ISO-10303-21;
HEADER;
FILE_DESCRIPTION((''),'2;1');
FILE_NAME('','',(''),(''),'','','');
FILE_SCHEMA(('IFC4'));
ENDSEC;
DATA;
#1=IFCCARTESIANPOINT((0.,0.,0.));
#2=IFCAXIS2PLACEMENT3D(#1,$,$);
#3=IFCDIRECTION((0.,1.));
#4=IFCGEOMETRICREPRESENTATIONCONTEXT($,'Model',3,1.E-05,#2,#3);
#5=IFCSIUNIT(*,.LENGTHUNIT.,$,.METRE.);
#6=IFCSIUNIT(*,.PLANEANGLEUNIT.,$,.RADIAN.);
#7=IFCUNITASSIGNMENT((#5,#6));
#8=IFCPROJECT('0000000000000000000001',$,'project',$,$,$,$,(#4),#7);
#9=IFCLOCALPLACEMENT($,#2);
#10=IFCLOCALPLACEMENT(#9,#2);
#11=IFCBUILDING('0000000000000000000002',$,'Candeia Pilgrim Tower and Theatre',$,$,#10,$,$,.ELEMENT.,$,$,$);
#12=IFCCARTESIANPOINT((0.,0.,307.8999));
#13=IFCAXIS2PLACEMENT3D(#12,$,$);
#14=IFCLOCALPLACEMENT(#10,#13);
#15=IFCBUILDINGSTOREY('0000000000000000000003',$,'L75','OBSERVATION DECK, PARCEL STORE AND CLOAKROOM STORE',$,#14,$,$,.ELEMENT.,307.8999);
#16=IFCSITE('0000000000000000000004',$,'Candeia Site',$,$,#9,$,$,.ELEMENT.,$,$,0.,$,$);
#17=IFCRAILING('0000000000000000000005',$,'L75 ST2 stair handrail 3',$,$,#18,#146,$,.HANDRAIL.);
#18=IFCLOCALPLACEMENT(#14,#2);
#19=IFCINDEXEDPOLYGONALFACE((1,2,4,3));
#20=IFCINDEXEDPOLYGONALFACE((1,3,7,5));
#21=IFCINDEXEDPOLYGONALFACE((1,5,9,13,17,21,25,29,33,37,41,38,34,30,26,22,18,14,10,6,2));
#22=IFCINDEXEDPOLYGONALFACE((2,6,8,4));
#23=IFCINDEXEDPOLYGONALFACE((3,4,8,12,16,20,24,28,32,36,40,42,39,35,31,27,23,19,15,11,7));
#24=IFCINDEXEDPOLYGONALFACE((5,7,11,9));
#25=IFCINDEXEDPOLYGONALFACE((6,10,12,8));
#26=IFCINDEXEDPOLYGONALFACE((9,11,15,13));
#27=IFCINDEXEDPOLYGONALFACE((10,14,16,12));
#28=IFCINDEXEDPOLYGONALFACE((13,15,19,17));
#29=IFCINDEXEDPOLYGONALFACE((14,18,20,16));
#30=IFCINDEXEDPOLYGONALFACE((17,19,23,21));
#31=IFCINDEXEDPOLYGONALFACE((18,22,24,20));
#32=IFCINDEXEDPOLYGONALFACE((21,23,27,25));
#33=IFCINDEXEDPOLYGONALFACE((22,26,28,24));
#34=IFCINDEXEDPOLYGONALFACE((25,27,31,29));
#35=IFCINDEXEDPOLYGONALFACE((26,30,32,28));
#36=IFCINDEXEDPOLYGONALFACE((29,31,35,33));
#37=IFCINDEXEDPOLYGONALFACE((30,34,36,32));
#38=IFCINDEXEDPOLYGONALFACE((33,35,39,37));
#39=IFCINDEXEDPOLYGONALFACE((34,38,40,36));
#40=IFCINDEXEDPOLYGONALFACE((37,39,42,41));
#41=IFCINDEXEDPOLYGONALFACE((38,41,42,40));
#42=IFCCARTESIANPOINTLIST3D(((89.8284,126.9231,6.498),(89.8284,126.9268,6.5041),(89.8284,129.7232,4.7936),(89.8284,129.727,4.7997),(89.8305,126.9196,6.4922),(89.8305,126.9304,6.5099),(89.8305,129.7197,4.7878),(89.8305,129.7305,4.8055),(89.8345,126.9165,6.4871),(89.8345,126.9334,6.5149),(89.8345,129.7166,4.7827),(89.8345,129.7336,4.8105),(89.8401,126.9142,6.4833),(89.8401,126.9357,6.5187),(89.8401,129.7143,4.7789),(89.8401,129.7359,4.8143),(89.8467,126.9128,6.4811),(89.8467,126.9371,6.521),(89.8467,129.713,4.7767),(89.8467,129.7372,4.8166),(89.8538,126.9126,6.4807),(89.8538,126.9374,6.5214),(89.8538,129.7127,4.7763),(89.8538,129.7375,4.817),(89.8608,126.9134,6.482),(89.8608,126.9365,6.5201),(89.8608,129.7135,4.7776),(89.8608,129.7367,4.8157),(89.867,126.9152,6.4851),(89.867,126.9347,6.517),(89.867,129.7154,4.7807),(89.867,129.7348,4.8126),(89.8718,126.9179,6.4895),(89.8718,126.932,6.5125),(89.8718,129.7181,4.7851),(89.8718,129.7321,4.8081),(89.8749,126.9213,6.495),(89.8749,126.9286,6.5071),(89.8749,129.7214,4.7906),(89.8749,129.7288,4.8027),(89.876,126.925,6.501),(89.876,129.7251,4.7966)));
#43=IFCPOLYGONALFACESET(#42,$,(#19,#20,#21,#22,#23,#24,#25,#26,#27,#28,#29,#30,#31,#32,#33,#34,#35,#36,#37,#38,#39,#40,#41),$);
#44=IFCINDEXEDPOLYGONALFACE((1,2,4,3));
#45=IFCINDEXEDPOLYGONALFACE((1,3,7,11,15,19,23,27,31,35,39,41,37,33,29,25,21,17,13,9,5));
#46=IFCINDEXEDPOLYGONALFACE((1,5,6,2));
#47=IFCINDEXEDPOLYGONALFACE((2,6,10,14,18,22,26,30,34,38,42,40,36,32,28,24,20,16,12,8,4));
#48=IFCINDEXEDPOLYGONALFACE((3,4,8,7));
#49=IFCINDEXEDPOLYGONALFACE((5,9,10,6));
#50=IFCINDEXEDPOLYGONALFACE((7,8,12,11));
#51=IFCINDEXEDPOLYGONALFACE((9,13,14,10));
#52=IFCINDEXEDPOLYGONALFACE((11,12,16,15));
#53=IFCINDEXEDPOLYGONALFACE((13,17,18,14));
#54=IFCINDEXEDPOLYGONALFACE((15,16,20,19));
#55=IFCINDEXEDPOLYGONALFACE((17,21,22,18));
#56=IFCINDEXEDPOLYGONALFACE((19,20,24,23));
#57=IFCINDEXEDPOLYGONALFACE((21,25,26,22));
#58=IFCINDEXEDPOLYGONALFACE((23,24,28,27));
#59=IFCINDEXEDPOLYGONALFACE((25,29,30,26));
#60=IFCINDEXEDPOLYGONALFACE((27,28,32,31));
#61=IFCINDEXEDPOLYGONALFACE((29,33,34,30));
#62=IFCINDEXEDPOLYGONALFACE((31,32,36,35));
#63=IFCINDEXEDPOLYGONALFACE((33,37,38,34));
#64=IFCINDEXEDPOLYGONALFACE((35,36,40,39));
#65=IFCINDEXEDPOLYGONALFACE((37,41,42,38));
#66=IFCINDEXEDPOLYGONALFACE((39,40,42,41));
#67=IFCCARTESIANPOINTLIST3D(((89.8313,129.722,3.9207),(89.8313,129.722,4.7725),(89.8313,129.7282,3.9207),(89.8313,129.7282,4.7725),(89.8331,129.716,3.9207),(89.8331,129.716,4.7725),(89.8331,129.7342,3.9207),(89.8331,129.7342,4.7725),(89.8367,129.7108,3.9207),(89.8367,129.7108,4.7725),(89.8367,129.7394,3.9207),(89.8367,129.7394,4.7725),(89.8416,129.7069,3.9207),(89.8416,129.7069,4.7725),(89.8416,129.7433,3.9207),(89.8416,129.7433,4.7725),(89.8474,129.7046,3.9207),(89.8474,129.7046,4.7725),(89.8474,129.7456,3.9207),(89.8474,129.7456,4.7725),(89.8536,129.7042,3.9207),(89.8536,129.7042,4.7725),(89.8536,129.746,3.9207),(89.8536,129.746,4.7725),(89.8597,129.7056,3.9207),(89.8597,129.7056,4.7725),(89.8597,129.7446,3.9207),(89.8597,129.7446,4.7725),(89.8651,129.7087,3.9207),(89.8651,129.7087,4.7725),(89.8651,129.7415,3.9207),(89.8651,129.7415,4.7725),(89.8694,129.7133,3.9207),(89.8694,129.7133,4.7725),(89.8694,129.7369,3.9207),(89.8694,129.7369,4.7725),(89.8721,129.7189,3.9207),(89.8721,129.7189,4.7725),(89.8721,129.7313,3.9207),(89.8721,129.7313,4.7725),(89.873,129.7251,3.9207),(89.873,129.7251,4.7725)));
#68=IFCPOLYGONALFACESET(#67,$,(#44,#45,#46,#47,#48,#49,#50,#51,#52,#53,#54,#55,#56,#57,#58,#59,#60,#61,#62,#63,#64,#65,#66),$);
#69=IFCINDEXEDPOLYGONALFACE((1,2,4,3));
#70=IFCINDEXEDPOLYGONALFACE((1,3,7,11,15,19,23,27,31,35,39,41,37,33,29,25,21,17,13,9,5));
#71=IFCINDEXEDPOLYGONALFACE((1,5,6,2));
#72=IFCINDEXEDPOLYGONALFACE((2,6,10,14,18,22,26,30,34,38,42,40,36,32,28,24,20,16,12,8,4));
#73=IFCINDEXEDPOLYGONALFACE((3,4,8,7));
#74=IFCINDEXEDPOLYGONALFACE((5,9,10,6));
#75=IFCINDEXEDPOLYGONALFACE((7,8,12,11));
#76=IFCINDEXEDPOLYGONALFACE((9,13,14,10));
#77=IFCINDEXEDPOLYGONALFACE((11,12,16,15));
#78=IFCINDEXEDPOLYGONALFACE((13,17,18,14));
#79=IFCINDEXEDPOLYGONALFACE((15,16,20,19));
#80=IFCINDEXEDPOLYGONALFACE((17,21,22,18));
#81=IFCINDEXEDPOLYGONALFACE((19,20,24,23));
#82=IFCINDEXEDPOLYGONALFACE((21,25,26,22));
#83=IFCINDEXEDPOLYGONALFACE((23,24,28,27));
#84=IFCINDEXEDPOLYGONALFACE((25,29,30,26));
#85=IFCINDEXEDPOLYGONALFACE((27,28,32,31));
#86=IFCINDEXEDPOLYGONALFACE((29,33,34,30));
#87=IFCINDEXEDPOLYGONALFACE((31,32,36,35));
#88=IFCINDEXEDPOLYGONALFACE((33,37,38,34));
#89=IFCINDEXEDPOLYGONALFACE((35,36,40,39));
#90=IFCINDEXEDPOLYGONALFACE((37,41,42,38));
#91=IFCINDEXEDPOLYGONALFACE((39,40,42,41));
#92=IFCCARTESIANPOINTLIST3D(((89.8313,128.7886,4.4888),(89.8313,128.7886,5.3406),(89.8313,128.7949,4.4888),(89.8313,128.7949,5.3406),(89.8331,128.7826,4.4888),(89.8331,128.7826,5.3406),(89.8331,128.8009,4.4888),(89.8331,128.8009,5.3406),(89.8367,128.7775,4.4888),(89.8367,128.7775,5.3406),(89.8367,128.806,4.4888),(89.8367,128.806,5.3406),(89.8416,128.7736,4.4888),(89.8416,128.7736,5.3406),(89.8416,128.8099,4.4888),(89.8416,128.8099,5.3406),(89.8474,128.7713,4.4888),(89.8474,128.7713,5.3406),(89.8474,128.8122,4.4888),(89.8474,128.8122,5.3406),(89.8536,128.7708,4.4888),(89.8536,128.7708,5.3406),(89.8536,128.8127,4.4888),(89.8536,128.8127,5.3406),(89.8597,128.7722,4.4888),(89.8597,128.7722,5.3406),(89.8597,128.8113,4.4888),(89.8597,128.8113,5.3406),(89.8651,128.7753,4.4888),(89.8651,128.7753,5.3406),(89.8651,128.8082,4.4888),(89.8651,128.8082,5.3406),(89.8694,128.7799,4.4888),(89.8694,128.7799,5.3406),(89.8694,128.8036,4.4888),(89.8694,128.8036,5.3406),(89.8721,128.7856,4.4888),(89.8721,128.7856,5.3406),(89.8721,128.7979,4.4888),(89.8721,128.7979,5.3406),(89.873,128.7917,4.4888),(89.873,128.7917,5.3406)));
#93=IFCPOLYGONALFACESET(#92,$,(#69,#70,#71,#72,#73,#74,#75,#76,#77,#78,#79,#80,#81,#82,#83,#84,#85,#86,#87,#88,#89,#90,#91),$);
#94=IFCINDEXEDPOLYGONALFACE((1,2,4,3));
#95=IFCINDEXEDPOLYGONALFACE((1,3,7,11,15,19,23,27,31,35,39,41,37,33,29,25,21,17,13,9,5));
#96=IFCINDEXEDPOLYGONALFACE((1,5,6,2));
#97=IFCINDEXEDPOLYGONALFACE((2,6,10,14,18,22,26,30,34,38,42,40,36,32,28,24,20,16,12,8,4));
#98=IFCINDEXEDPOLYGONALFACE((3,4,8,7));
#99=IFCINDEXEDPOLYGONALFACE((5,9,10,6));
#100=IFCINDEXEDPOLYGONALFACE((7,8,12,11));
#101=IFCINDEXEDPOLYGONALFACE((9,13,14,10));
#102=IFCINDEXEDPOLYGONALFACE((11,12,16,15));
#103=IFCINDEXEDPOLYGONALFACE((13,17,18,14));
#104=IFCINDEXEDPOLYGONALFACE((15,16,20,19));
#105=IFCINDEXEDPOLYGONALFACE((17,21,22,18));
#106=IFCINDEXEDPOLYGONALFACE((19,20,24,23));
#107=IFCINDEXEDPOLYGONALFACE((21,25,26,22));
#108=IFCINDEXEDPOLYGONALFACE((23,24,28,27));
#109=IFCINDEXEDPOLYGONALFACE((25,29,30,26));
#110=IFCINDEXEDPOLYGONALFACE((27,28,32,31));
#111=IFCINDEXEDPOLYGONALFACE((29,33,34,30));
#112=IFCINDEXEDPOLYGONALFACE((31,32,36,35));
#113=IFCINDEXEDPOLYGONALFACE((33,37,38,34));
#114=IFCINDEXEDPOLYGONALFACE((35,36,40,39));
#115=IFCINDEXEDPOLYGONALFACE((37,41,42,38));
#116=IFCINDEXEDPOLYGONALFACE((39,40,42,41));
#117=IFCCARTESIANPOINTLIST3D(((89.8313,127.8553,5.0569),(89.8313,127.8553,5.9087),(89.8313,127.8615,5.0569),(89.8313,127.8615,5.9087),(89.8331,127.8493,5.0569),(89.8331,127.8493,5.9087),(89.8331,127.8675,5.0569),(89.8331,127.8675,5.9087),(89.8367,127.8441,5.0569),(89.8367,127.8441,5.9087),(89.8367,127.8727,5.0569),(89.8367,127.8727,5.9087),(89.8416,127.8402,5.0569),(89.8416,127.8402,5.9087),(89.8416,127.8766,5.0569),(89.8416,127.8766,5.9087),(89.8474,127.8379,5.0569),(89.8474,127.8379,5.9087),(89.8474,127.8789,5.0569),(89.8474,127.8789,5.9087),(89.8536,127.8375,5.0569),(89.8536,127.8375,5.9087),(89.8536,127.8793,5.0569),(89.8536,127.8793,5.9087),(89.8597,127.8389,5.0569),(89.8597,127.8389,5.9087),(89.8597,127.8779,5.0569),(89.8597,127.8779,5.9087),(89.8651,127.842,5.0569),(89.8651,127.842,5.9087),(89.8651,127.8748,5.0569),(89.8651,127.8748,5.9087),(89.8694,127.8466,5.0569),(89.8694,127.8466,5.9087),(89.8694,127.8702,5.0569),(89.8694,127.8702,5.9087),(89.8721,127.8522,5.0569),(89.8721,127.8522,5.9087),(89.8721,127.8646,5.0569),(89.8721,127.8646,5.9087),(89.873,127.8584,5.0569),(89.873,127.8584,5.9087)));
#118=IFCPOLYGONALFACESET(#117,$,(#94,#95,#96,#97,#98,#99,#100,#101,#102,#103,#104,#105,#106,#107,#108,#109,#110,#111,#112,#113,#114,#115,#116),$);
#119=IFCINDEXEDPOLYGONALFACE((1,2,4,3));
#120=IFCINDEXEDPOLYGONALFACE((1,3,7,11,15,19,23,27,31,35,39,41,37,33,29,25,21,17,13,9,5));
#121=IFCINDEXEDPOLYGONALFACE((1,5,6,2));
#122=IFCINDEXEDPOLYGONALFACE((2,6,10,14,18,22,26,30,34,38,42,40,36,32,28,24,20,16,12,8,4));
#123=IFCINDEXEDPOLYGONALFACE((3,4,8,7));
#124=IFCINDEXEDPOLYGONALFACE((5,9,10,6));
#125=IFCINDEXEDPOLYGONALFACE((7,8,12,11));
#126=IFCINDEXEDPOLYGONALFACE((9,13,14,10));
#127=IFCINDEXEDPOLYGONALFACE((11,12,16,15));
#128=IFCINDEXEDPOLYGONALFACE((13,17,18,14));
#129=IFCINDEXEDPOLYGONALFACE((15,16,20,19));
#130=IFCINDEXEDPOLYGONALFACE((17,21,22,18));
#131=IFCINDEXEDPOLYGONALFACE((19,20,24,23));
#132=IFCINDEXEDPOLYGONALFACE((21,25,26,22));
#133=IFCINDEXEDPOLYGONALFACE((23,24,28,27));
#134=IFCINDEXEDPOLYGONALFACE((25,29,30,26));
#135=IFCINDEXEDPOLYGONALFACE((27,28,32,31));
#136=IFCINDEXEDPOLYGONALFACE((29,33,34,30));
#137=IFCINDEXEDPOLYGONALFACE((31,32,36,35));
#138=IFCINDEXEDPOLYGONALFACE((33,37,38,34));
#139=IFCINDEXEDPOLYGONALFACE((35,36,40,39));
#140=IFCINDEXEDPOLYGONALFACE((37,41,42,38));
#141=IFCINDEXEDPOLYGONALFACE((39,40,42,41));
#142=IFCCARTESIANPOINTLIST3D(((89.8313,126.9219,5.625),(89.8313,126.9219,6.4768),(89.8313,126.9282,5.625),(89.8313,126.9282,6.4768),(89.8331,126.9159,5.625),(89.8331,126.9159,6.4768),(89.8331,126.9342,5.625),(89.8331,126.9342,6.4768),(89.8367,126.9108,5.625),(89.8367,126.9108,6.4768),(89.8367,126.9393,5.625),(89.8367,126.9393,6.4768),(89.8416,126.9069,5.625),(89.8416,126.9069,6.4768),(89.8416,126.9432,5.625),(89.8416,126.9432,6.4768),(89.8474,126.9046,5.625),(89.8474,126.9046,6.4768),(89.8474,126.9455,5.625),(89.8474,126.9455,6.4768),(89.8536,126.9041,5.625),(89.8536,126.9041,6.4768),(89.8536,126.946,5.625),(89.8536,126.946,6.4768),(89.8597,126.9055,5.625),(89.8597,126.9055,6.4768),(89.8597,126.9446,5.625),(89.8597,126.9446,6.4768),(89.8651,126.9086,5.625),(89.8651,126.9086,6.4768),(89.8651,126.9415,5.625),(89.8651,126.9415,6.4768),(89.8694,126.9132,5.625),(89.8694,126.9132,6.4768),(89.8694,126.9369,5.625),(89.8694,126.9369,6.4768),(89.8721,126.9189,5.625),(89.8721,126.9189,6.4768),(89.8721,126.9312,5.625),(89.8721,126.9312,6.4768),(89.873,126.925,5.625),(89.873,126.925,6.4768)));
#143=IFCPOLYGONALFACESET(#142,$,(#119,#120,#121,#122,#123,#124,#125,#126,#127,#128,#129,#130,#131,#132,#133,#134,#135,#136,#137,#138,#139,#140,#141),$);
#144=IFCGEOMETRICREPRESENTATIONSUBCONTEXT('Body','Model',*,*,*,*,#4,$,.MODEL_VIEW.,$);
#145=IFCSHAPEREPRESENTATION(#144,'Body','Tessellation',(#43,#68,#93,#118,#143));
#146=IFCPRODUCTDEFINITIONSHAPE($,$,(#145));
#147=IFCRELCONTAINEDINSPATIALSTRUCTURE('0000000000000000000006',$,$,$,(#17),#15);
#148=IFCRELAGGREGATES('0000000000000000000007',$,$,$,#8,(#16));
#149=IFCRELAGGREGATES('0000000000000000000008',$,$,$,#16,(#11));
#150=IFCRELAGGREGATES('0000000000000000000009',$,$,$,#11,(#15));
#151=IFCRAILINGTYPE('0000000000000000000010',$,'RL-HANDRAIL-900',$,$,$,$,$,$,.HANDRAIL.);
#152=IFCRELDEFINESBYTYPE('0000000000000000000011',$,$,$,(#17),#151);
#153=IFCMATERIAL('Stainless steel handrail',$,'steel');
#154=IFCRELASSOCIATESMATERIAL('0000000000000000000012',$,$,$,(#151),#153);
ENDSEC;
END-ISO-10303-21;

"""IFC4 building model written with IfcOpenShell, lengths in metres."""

from ifc_helpers import new_model, si_unit, direction, frame, origin, origin_2d, place, context, subcontext, project, spatial, circle, extrude, material, type_object, element, save


model = new_model("IFC4")

# Units and contexts
model_context = context("Model", 3, precision=1e-05, world=origin(), true_north=direction((0.0, 1.0)))
body_context = subcontext(model_context, "Body", "Model", "MODEL_VIEW")
ifc_project = project(units=[si_unit("LENGTHUNIT", "METRE"), si_unit("PLANEANGLEUNIT", "RADIAN")], contexts=[model_context])

# Site, building, storey
site_placement = place(None, origin())
site = spatial("IfcSite", under=ifc_project, at=site_placement, Name="Candeia Site", CompositionType="ELEMENT", RefElevation=0.0)
building_placement = place(site_placement, origin())
building = spatial("IfcBuilding", under=site, at=building_placement, Name="Candeia Pilgrim Tower and Theatre", CompositionType="ELEMENT")
storey_placement = place(building_placement, frame((0.0, 0.0, 307.8999)))
storey = spatial("IfcBuildingStorey", under=building, at=storey_placement, Name="L75", Description="OBSERVATION DECK, PARCEL STORE AND CLOAKROOM STORE", CompositionType="ELEMENT", Elevation=307.8999)

# Railing
ifc_material_1 = material(Name="Stainless steel handrail", Category="steel")
railing_type_1 = type_object("IfcRailingType", Name="RL-HANDRAIL-900", PredefinedType="HANDRAIL", material=ifc_material_1)
for number, where, name in (
    (1, (89.8521, 129.7251, 3.9207), "L75 ST2 stair handrail 3"),
):
    element("IfcRailing", number, at=place(storey_placement, frame(where)), inside=storey, type_object=railing_type_1, Name=name, PredefinedType="HANDRAIL", context=body_context, shape_type="SweptSolid", body=[
        extrude(circle(Radius=0.0239, at=origin_2d()), frame((0.0, 0.0, 0.876), z_axis=(0.0, -0.854203, 0.51994), x_axis=(1.0, 0.0, 0.0)), (0.0, 0.0, 1.0), 3.2781),
        extrude(circle(Radius=0.021, at=origin_2d()), origin(), (0.0, 0.0, 1.0), 0.8518),
        extrude(circle(Radius=0.021, at=origin_2d()), frame((0.0, -0.9333, 0.5681)), (0.0, 0.0, 1.0), 0.8518),
        extrude(circle(Radius=0.021, at=origin_2d()), frame((0.0, -1.8667, 1.1362)), (0.0, 0.0, 1.0), 0.8518),
        extrude(circle(Radius=0.021, at=origin_2d()), frame((0.0, -2.8, 1.7043)), (0.0, 0.0, 1.0), 0.8518),
    ])

save(model, "model.ifc")
